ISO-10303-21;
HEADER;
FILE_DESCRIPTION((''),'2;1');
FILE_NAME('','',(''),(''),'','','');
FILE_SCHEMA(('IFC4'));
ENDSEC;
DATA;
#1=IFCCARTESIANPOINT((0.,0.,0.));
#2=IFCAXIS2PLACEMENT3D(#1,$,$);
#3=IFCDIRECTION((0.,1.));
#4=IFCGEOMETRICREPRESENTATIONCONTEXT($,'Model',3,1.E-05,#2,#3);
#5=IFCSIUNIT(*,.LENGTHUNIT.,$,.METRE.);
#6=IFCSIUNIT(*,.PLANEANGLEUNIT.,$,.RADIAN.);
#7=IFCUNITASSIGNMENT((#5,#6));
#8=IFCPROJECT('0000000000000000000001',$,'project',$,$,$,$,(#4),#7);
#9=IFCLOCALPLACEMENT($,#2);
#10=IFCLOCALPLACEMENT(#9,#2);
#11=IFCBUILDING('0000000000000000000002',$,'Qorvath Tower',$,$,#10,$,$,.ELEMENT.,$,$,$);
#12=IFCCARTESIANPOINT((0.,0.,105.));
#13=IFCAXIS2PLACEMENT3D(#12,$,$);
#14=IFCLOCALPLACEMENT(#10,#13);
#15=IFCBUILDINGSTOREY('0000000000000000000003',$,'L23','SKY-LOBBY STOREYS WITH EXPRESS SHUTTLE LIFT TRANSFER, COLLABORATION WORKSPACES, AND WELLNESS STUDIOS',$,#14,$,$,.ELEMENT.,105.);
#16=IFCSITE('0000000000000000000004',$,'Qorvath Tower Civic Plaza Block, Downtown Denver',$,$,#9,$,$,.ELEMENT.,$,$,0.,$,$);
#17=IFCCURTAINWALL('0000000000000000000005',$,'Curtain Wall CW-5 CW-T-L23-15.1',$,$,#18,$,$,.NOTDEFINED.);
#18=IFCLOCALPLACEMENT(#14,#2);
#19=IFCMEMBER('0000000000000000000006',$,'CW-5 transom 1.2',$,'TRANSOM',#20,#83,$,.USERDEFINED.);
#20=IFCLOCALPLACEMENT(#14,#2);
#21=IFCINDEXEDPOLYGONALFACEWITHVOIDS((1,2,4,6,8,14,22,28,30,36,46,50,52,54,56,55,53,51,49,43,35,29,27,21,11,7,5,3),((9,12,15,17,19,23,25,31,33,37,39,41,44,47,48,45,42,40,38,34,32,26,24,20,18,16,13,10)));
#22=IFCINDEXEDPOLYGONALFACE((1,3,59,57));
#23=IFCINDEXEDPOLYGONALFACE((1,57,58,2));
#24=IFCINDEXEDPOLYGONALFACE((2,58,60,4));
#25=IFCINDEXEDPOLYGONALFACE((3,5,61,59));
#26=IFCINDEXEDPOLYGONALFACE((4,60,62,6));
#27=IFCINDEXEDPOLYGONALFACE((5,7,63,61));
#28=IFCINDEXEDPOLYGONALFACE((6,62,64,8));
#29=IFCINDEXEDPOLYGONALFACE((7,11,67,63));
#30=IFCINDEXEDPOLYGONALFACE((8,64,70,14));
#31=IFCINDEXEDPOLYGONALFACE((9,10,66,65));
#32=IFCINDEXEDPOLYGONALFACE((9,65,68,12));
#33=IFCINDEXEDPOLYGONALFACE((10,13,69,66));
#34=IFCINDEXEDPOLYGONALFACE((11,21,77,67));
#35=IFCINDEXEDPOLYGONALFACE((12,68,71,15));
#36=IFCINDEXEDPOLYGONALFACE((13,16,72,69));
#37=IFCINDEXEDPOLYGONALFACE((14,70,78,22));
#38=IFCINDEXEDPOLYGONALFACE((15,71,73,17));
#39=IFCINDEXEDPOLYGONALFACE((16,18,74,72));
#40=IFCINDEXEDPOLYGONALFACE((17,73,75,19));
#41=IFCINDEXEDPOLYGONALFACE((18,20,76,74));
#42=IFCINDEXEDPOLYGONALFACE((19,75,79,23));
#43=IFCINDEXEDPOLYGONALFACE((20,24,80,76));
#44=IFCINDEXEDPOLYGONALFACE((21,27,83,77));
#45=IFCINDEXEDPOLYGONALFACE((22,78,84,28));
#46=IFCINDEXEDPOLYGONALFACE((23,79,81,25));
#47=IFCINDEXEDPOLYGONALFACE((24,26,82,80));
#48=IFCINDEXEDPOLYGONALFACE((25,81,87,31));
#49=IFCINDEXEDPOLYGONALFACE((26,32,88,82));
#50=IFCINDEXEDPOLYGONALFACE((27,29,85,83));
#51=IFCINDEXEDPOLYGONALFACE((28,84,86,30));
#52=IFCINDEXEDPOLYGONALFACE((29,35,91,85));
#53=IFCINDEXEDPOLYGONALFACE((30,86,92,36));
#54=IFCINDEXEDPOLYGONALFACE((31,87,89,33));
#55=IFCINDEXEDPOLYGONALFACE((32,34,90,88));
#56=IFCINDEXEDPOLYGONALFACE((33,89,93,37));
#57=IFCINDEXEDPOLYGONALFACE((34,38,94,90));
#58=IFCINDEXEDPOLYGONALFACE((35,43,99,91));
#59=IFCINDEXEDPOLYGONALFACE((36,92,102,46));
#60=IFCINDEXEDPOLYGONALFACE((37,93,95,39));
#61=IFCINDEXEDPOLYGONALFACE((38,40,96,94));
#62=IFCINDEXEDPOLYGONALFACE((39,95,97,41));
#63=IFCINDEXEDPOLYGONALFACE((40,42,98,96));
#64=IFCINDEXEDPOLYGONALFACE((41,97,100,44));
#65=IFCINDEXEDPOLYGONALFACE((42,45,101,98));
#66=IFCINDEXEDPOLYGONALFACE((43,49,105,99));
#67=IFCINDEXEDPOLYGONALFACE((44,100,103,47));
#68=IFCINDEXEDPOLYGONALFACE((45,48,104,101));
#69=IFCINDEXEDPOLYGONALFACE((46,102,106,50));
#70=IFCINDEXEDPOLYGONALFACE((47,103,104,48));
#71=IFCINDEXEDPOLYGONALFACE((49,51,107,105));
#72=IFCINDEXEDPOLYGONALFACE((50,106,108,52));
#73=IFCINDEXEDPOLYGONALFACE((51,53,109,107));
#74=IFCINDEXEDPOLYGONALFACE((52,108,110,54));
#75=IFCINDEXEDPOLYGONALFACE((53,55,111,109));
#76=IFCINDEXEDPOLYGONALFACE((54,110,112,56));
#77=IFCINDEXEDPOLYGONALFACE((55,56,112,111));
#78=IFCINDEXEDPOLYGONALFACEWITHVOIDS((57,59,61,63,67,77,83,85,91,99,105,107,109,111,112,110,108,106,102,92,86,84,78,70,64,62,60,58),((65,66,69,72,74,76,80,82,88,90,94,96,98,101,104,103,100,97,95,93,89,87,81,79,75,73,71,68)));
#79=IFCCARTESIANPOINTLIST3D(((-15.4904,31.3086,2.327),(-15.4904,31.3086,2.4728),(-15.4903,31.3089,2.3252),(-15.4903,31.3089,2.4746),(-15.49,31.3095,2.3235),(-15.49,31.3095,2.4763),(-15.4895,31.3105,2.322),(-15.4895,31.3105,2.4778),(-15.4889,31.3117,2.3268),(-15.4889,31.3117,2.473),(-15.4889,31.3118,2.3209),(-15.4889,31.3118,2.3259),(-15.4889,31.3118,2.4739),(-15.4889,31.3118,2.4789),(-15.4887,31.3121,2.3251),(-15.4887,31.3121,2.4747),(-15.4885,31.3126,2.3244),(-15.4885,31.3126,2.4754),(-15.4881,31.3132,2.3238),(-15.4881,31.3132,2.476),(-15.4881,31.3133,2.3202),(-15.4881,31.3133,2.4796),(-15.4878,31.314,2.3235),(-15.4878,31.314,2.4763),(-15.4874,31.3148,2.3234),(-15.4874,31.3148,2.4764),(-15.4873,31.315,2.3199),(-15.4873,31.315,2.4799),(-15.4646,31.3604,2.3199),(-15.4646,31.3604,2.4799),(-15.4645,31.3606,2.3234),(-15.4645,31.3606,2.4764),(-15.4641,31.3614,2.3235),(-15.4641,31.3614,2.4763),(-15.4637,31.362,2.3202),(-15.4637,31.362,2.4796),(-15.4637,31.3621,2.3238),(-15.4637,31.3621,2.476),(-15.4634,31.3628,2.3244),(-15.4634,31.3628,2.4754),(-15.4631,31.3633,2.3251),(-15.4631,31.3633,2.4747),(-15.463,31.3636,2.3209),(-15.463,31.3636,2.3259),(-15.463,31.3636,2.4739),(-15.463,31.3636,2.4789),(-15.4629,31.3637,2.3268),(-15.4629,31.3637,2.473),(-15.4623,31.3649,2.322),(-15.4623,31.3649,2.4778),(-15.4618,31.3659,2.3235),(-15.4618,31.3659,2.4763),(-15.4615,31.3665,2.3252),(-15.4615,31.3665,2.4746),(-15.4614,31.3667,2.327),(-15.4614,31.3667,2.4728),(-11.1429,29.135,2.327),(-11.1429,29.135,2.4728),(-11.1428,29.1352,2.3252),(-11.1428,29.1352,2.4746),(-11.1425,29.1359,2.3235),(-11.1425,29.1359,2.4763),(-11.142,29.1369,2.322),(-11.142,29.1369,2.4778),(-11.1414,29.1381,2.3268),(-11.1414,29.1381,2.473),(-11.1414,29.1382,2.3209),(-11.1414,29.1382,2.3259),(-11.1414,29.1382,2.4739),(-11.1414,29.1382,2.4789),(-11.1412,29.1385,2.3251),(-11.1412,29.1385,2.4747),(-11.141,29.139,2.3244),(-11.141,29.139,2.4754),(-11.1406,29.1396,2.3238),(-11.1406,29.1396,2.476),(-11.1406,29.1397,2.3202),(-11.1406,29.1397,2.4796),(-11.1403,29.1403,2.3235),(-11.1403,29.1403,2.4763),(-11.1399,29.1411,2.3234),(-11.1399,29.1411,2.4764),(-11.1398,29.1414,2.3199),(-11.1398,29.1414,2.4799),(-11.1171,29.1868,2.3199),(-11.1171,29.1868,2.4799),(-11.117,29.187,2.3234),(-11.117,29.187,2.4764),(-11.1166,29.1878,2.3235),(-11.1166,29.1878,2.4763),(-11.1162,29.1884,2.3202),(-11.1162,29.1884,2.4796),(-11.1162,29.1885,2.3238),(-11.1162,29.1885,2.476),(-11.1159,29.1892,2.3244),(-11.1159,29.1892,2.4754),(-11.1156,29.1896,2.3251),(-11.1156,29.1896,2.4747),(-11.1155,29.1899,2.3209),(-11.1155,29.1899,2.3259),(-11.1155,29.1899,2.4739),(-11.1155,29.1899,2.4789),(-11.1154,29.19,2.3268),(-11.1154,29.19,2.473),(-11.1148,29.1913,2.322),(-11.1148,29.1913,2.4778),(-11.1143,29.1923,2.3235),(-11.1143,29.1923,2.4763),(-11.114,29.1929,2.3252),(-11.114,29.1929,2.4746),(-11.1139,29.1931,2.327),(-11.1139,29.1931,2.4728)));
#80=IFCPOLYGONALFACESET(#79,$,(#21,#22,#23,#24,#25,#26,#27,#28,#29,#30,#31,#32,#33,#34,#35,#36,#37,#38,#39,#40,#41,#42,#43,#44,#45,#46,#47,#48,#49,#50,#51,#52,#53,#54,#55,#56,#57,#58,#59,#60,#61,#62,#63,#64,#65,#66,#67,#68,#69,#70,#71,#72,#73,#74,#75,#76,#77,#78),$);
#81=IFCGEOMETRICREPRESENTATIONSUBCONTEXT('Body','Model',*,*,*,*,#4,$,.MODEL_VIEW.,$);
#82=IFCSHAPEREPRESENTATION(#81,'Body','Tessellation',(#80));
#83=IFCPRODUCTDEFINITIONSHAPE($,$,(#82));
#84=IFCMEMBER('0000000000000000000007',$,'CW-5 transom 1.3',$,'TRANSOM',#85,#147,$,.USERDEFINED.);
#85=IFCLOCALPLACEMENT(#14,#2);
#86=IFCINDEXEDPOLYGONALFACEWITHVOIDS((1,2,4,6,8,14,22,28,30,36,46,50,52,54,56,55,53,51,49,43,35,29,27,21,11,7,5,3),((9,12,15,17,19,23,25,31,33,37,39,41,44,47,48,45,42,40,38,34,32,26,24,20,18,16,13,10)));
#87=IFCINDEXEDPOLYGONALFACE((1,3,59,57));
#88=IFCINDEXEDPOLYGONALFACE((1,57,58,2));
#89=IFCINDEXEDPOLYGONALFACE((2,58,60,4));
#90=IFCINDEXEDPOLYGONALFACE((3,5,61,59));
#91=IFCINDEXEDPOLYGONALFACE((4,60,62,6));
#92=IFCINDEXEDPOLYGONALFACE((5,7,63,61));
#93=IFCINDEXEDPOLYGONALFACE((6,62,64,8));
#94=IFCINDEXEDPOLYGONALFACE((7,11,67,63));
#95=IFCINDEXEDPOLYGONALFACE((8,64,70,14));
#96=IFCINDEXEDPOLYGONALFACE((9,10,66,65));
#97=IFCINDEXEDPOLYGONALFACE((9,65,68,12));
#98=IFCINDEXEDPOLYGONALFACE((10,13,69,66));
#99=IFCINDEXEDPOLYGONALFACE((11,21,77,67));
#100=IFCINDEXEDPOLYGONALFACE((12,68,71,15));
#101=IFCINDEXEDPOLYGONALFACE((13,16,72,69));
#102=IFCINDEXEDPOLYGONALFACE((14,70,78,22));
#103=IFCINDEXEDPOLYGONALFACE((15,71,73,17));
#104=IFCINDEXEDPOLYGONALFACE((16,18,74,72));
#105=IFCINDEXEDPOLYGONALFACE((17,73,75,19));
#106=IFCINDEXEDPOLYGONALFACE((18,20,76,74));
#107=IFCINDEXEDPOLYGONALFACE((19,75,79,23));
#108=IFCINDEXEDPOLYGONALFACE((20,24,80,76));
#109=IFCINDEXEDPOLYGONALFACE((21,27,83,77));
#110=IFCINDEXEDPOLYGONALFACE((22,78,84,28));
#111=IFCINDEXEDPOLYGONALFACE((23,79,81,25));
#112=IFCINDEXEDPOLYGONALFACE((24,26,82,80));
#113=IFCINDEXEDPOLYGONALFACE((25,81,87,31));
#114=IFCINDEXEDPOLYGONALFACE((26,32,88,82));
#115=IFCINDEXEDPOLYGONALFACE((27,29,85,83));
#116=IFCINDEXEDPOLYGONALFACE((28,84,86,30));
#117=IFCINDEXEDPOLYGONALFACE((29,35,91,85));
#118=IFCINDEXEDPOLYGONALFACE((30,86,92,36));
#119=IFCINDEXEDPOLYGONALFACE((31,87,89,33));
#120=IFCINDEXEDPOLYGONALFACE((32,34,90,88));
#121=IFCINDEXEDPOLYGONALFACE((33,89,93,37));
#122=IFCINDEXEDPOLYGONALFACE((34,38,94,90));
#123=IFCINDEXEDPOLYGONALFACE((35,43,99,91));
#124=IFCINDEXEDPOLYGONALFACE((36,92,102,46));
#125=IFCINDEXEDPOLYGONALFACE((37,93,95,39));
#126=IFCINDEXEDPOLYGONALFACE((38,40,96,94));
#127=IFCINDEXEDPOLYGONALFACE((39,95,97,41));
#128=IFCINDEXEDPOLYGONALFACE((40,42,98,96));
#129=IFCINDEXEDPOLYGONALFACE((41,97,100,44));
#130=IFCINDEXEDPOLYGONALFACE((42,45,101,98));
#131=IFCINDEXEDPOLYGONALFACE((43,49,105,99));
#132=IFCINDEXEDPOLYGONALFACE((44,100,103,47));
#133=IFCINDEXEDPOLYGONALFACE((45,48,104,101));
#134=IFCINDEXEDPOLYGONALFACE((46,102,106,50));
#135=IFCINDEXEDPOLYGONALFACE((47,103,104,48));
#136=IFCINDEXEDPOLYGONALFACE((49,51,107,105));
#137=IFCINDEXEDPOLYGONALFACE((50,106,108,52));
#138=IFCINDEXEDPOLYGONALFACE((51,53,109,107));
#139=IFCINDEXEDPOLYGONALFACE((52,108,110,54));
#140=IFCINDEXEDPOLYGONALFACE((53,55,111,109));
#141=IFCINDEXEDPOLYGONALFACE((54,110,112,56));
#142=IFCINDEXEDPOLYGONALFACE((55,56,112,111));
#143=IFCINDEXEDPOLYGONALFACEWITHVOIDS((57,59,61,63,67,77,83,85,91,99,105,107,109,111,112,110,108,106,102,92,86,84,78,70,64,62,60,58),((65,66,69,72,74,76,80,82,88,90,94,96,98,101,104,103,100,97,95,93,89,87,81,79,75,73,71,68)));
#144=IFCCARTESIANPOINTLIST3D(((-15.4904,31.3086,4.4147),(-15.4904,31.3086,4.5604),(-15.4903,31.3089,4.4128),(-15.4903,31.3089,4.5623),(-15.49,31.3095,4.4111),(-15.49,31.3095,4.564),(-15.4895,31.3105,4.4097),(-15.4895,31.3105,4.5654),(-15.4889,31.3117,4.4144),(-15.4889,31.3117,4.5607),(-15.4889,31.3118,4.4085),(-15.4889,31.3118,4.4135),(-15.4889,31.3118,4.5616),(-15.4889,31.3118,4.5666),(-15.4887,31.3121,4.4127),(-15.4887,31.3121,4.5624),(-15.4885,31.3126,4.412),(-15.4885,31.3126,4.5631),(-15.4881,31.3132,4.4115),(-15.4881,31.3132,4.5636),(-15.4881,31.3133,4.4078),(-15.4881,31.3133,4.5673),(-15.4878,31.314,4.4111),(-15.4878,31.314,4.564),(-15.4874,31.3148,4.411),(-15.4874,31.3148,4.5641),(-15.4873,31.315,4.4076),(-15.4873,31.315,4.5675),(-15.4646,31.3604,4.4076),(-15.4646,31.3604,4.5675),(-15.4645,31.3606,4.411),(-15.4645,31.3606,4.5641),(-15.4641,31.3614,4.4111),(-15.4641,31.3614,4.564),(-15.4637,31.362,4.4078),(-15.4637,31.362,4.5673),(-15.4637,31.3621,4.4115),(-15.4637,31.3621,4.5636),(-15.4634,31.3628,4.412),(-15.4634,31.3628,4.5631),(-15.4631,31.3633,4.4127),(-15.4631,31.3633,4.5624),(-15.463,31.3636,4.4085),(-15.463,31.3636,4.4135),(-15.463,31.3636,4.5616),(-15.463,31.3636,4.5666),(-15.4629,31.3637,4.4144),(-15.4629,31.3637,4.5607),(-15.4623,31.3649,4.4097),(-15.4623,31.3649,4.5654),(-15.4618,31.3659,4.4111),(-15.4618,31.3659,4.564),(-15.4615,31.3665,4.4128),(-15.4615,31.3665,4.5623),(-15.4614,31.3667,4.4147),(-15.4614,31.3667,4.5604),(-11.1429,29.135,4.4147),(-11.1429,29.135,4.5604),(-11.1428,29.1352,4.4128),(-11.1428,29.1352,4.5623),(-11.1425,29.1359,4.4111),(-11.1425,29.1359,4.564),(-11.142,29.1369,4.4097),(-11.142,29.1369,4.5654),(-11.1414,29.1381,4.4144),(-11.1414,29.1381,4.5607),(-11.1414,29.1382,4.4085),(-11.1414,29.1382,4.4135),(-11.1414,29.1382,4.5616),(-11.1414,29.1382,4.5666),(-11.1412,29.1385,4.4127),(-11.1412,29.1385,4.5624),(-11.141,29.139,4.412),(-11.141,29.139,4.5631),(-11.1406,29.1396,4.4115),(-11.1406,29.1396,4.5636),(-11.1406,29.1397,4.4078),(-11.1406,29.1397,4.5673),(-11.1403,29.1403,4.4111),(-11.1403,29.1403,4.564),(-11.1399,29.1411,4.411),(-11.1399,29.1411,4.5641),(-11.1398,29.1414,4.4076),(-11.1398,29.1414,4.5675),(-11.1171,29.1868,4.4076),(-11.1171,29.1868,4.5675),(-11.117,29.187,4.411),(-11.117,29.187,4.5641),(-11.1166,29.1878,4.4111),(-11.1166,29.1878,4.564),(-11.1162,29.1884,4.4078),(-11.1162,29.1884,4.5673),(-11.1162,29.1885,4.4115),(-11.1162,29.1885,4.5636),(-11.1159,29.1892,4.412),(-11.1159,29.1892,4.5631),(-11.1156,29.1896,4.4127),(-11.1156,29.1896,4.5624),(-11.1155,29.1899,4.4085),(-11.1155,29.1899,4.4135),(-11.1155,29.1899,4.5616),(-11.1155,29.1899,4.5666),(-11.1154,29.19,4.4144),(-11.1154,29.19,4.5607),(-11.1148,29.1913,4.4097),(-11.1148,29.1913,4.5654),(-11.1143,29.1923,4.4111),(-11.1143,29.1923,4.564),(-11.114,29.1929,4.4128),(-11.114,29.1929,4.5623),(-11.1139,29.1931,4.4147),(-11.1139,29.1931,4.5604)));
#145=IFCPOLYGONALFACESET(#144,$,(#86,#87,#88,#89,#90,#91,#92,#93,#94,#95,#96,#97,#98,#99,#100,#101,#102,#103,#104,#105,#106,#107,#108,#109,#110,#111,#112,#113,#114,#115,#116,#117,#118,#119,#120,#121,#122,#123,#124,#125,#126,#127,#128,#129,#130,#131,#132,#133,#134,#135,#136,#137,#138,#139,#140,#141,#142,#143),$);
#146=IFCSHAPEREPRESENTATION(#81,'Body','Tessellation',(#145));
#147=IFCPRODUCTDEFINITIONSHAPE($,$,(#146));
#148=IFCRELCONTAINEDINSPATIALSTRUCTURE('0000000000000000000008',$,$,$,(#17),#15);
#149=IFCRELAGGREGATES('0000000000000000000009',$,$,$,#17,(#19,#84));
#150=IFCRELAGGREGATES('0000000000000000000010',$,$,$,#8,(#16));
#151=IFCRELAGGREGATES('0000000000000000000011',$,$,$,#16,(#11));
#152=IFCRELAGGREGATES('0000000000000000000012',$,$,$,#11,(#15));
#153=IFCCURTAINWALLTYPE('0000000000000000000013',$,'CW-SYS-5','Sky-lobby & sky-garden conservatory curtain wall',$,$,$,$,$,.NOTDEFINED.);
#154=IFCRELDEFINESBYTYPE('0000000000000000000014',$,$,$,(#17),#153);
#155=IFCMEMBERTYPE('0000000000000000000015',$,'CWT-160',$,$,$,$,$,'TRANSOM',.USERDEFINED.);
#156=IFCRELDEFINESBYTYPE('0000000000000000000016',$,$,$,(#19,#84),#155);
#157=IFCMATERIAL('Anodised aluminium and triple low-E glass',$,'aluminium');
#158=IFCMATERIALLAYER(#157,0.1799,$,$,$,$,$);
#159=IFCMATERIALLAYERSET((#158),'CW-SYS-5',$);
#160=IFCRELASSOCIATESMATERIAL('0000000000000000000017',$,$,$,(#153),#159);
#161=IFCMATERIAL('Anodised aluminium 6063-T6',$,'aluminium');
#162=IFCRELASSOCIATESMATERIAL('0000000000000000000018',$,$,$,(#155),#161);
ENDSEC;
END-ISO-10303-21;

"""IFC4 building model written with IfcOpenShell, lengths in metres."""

from ifc_helpers import new_model, si_unit, direction, frame, origin, origin_2d, place, context, subcontext, project, spatial, hollow_rectangle, extrude, material, layer, layer_set, material_profile, profile_set, type_object, element, aggregate, save


model = new_model("IFC4")

# Units and contexts
model_context = context("Model", 3, precision=1e-05, world=origin(), true_north=direction((0.0, 1.0)))
body_context = subcontext(model_context, "Body", "Model", "MODEL_VIEW")
ifc_project = project(units=[si_unit("LENGTHUNIT", "METRE"), si_unit("PLANEANGLEUNIT", "RADIAN")], contexts=[model_context])

# Site, building, storey
site_placement = place(None, origin())
site = spatial("IfcSite", under=ifc_project, at=site_placement, Name="Qorvath Tower Civic Plaza Block, Downtown Denver", CompositionType="ELEMENT", RefElevation=0.0)
building_placement = place(site_placement, origin())
building = spatial("IfcBuilding", under=site, at=building_placement, Name="Qorvath Tower", CompositionType="ELEMENT")
storey_placement = place(building_placement, frame((0.0, 0.0, 105.0)))
storey = spatial("IfcBuildingStorey", under=building, at=storey_placement, Name="L23", Description="SKY-LOBBY STOREYS WITH EXPRESS SHUTTLE LIFT TRANSFER, COLLABORATION WORKSPACES, AND WELLNESS STUDIOS", CompositionType="ELEMENT", Elevation=105.0)

# Curtain wall
ifc_material_1 = material(Name="Anodised aluminium and triple low-E glass", Category="aluminium")
ifc_layer_1 = layer(ifc_material_1, 0.1799)
ifc_layer_set_1 = layer_set([ifc_layer_1], Name="CW-SYS-5")
curtain_wall_type = type_object("IfcCurtainWallType", Name="CW-SYS-5", Description="Sky-lobby & sky-garden conservatory curtain wall", PredefinedType="NOTDEFINED", material=ifc_layer_set_1)
curtain_wall_1_placement = place(storey_placement, origin())
curtain_wall_1 = element("IfcCurtainWall", 1, at=curtain_wall_1_placement, inside=storey, type_object=curtain_wall_type, Name="Curtain Wall CW-5 CW-T-L23-15.1", PredefinedType="NOTDEFINED")

# Members
ifc_material_2 = material(Name="Anodised aluminium 6063-T6", Category="aluminium")
ifc_material_profile_1 = material_profile(ifc_material_2, hollow_rectangle(XDim=0.0649, YDim=0.1599, WallThickness=0.0034, InnerFilletRadius=0.0034, OuterFilletRadius=0.0071, at=origin_2d()), Name="CWT 160x65")
ifc_profile_set_1 = profile_set([ifc_material_profile_1], Name="Anodised aluminium 6063-T6")
member_type_1 = type_object("IfcMemberType", Name="CWT-160", ElementType="TRANSOM", PredefinedType="USERDEFINED", material=ifc_profile_set_1)
member_1_placement = place(storey_placement, frame((-11.1284, 29.1641, 2.3999), z_axis=(-0.894437, 0.447194, 0.0), x_axis=(-0.447194, -0.894437, 0.0)))
member_1 = element("IfcMember", 2, at=member_1_placement, type_object=member_type_1, Name="CW-5 transom 1.2", ObjectType="TRANSOM", PredefinedType="USERDEFINED", context=body_context, shape_type="SweptSolid", body=[
    extrude(hollow_rectangle(XDim=0.0649, YDim=0.1599, WallThickness=0.0034, InnerFilletRadius=0.0034, OuterFilletRadius=0.0071, at=origin_2d()), origin(), (0.0, 0.0, 1.0), 4.8606),
])
member_2_placement = place(storey_placement, frame((-11.1284, 29.1641, 4.4875), z_axis=(-0.894437, 0.447194, 0.0), x_axis=(-0.447194, -0.894437, 0.0)))
member_2 = element("IfcMember", 3, at=member_2_placement, type_object=member_type_1, Name="CW-5 transom 1.3", ObjectType="TRANSOM", PredefinedType="USERDEFINED", context=body_context, shape_type="SweptSolid", body=[
    extrude(hollow_rectangle(XDim=0.0649, YDim=0.1599, WallThickness=0.0034, InnerFilletRadius=0.0034, OuterFilletRadius=0.0071, at=origin_2d()), origin(), (0.0, 0.0, 1.0), 4.8606),
])

aggregate(curtain_wall_1, [member_1, member_2])

save(model, "model.ifc")
